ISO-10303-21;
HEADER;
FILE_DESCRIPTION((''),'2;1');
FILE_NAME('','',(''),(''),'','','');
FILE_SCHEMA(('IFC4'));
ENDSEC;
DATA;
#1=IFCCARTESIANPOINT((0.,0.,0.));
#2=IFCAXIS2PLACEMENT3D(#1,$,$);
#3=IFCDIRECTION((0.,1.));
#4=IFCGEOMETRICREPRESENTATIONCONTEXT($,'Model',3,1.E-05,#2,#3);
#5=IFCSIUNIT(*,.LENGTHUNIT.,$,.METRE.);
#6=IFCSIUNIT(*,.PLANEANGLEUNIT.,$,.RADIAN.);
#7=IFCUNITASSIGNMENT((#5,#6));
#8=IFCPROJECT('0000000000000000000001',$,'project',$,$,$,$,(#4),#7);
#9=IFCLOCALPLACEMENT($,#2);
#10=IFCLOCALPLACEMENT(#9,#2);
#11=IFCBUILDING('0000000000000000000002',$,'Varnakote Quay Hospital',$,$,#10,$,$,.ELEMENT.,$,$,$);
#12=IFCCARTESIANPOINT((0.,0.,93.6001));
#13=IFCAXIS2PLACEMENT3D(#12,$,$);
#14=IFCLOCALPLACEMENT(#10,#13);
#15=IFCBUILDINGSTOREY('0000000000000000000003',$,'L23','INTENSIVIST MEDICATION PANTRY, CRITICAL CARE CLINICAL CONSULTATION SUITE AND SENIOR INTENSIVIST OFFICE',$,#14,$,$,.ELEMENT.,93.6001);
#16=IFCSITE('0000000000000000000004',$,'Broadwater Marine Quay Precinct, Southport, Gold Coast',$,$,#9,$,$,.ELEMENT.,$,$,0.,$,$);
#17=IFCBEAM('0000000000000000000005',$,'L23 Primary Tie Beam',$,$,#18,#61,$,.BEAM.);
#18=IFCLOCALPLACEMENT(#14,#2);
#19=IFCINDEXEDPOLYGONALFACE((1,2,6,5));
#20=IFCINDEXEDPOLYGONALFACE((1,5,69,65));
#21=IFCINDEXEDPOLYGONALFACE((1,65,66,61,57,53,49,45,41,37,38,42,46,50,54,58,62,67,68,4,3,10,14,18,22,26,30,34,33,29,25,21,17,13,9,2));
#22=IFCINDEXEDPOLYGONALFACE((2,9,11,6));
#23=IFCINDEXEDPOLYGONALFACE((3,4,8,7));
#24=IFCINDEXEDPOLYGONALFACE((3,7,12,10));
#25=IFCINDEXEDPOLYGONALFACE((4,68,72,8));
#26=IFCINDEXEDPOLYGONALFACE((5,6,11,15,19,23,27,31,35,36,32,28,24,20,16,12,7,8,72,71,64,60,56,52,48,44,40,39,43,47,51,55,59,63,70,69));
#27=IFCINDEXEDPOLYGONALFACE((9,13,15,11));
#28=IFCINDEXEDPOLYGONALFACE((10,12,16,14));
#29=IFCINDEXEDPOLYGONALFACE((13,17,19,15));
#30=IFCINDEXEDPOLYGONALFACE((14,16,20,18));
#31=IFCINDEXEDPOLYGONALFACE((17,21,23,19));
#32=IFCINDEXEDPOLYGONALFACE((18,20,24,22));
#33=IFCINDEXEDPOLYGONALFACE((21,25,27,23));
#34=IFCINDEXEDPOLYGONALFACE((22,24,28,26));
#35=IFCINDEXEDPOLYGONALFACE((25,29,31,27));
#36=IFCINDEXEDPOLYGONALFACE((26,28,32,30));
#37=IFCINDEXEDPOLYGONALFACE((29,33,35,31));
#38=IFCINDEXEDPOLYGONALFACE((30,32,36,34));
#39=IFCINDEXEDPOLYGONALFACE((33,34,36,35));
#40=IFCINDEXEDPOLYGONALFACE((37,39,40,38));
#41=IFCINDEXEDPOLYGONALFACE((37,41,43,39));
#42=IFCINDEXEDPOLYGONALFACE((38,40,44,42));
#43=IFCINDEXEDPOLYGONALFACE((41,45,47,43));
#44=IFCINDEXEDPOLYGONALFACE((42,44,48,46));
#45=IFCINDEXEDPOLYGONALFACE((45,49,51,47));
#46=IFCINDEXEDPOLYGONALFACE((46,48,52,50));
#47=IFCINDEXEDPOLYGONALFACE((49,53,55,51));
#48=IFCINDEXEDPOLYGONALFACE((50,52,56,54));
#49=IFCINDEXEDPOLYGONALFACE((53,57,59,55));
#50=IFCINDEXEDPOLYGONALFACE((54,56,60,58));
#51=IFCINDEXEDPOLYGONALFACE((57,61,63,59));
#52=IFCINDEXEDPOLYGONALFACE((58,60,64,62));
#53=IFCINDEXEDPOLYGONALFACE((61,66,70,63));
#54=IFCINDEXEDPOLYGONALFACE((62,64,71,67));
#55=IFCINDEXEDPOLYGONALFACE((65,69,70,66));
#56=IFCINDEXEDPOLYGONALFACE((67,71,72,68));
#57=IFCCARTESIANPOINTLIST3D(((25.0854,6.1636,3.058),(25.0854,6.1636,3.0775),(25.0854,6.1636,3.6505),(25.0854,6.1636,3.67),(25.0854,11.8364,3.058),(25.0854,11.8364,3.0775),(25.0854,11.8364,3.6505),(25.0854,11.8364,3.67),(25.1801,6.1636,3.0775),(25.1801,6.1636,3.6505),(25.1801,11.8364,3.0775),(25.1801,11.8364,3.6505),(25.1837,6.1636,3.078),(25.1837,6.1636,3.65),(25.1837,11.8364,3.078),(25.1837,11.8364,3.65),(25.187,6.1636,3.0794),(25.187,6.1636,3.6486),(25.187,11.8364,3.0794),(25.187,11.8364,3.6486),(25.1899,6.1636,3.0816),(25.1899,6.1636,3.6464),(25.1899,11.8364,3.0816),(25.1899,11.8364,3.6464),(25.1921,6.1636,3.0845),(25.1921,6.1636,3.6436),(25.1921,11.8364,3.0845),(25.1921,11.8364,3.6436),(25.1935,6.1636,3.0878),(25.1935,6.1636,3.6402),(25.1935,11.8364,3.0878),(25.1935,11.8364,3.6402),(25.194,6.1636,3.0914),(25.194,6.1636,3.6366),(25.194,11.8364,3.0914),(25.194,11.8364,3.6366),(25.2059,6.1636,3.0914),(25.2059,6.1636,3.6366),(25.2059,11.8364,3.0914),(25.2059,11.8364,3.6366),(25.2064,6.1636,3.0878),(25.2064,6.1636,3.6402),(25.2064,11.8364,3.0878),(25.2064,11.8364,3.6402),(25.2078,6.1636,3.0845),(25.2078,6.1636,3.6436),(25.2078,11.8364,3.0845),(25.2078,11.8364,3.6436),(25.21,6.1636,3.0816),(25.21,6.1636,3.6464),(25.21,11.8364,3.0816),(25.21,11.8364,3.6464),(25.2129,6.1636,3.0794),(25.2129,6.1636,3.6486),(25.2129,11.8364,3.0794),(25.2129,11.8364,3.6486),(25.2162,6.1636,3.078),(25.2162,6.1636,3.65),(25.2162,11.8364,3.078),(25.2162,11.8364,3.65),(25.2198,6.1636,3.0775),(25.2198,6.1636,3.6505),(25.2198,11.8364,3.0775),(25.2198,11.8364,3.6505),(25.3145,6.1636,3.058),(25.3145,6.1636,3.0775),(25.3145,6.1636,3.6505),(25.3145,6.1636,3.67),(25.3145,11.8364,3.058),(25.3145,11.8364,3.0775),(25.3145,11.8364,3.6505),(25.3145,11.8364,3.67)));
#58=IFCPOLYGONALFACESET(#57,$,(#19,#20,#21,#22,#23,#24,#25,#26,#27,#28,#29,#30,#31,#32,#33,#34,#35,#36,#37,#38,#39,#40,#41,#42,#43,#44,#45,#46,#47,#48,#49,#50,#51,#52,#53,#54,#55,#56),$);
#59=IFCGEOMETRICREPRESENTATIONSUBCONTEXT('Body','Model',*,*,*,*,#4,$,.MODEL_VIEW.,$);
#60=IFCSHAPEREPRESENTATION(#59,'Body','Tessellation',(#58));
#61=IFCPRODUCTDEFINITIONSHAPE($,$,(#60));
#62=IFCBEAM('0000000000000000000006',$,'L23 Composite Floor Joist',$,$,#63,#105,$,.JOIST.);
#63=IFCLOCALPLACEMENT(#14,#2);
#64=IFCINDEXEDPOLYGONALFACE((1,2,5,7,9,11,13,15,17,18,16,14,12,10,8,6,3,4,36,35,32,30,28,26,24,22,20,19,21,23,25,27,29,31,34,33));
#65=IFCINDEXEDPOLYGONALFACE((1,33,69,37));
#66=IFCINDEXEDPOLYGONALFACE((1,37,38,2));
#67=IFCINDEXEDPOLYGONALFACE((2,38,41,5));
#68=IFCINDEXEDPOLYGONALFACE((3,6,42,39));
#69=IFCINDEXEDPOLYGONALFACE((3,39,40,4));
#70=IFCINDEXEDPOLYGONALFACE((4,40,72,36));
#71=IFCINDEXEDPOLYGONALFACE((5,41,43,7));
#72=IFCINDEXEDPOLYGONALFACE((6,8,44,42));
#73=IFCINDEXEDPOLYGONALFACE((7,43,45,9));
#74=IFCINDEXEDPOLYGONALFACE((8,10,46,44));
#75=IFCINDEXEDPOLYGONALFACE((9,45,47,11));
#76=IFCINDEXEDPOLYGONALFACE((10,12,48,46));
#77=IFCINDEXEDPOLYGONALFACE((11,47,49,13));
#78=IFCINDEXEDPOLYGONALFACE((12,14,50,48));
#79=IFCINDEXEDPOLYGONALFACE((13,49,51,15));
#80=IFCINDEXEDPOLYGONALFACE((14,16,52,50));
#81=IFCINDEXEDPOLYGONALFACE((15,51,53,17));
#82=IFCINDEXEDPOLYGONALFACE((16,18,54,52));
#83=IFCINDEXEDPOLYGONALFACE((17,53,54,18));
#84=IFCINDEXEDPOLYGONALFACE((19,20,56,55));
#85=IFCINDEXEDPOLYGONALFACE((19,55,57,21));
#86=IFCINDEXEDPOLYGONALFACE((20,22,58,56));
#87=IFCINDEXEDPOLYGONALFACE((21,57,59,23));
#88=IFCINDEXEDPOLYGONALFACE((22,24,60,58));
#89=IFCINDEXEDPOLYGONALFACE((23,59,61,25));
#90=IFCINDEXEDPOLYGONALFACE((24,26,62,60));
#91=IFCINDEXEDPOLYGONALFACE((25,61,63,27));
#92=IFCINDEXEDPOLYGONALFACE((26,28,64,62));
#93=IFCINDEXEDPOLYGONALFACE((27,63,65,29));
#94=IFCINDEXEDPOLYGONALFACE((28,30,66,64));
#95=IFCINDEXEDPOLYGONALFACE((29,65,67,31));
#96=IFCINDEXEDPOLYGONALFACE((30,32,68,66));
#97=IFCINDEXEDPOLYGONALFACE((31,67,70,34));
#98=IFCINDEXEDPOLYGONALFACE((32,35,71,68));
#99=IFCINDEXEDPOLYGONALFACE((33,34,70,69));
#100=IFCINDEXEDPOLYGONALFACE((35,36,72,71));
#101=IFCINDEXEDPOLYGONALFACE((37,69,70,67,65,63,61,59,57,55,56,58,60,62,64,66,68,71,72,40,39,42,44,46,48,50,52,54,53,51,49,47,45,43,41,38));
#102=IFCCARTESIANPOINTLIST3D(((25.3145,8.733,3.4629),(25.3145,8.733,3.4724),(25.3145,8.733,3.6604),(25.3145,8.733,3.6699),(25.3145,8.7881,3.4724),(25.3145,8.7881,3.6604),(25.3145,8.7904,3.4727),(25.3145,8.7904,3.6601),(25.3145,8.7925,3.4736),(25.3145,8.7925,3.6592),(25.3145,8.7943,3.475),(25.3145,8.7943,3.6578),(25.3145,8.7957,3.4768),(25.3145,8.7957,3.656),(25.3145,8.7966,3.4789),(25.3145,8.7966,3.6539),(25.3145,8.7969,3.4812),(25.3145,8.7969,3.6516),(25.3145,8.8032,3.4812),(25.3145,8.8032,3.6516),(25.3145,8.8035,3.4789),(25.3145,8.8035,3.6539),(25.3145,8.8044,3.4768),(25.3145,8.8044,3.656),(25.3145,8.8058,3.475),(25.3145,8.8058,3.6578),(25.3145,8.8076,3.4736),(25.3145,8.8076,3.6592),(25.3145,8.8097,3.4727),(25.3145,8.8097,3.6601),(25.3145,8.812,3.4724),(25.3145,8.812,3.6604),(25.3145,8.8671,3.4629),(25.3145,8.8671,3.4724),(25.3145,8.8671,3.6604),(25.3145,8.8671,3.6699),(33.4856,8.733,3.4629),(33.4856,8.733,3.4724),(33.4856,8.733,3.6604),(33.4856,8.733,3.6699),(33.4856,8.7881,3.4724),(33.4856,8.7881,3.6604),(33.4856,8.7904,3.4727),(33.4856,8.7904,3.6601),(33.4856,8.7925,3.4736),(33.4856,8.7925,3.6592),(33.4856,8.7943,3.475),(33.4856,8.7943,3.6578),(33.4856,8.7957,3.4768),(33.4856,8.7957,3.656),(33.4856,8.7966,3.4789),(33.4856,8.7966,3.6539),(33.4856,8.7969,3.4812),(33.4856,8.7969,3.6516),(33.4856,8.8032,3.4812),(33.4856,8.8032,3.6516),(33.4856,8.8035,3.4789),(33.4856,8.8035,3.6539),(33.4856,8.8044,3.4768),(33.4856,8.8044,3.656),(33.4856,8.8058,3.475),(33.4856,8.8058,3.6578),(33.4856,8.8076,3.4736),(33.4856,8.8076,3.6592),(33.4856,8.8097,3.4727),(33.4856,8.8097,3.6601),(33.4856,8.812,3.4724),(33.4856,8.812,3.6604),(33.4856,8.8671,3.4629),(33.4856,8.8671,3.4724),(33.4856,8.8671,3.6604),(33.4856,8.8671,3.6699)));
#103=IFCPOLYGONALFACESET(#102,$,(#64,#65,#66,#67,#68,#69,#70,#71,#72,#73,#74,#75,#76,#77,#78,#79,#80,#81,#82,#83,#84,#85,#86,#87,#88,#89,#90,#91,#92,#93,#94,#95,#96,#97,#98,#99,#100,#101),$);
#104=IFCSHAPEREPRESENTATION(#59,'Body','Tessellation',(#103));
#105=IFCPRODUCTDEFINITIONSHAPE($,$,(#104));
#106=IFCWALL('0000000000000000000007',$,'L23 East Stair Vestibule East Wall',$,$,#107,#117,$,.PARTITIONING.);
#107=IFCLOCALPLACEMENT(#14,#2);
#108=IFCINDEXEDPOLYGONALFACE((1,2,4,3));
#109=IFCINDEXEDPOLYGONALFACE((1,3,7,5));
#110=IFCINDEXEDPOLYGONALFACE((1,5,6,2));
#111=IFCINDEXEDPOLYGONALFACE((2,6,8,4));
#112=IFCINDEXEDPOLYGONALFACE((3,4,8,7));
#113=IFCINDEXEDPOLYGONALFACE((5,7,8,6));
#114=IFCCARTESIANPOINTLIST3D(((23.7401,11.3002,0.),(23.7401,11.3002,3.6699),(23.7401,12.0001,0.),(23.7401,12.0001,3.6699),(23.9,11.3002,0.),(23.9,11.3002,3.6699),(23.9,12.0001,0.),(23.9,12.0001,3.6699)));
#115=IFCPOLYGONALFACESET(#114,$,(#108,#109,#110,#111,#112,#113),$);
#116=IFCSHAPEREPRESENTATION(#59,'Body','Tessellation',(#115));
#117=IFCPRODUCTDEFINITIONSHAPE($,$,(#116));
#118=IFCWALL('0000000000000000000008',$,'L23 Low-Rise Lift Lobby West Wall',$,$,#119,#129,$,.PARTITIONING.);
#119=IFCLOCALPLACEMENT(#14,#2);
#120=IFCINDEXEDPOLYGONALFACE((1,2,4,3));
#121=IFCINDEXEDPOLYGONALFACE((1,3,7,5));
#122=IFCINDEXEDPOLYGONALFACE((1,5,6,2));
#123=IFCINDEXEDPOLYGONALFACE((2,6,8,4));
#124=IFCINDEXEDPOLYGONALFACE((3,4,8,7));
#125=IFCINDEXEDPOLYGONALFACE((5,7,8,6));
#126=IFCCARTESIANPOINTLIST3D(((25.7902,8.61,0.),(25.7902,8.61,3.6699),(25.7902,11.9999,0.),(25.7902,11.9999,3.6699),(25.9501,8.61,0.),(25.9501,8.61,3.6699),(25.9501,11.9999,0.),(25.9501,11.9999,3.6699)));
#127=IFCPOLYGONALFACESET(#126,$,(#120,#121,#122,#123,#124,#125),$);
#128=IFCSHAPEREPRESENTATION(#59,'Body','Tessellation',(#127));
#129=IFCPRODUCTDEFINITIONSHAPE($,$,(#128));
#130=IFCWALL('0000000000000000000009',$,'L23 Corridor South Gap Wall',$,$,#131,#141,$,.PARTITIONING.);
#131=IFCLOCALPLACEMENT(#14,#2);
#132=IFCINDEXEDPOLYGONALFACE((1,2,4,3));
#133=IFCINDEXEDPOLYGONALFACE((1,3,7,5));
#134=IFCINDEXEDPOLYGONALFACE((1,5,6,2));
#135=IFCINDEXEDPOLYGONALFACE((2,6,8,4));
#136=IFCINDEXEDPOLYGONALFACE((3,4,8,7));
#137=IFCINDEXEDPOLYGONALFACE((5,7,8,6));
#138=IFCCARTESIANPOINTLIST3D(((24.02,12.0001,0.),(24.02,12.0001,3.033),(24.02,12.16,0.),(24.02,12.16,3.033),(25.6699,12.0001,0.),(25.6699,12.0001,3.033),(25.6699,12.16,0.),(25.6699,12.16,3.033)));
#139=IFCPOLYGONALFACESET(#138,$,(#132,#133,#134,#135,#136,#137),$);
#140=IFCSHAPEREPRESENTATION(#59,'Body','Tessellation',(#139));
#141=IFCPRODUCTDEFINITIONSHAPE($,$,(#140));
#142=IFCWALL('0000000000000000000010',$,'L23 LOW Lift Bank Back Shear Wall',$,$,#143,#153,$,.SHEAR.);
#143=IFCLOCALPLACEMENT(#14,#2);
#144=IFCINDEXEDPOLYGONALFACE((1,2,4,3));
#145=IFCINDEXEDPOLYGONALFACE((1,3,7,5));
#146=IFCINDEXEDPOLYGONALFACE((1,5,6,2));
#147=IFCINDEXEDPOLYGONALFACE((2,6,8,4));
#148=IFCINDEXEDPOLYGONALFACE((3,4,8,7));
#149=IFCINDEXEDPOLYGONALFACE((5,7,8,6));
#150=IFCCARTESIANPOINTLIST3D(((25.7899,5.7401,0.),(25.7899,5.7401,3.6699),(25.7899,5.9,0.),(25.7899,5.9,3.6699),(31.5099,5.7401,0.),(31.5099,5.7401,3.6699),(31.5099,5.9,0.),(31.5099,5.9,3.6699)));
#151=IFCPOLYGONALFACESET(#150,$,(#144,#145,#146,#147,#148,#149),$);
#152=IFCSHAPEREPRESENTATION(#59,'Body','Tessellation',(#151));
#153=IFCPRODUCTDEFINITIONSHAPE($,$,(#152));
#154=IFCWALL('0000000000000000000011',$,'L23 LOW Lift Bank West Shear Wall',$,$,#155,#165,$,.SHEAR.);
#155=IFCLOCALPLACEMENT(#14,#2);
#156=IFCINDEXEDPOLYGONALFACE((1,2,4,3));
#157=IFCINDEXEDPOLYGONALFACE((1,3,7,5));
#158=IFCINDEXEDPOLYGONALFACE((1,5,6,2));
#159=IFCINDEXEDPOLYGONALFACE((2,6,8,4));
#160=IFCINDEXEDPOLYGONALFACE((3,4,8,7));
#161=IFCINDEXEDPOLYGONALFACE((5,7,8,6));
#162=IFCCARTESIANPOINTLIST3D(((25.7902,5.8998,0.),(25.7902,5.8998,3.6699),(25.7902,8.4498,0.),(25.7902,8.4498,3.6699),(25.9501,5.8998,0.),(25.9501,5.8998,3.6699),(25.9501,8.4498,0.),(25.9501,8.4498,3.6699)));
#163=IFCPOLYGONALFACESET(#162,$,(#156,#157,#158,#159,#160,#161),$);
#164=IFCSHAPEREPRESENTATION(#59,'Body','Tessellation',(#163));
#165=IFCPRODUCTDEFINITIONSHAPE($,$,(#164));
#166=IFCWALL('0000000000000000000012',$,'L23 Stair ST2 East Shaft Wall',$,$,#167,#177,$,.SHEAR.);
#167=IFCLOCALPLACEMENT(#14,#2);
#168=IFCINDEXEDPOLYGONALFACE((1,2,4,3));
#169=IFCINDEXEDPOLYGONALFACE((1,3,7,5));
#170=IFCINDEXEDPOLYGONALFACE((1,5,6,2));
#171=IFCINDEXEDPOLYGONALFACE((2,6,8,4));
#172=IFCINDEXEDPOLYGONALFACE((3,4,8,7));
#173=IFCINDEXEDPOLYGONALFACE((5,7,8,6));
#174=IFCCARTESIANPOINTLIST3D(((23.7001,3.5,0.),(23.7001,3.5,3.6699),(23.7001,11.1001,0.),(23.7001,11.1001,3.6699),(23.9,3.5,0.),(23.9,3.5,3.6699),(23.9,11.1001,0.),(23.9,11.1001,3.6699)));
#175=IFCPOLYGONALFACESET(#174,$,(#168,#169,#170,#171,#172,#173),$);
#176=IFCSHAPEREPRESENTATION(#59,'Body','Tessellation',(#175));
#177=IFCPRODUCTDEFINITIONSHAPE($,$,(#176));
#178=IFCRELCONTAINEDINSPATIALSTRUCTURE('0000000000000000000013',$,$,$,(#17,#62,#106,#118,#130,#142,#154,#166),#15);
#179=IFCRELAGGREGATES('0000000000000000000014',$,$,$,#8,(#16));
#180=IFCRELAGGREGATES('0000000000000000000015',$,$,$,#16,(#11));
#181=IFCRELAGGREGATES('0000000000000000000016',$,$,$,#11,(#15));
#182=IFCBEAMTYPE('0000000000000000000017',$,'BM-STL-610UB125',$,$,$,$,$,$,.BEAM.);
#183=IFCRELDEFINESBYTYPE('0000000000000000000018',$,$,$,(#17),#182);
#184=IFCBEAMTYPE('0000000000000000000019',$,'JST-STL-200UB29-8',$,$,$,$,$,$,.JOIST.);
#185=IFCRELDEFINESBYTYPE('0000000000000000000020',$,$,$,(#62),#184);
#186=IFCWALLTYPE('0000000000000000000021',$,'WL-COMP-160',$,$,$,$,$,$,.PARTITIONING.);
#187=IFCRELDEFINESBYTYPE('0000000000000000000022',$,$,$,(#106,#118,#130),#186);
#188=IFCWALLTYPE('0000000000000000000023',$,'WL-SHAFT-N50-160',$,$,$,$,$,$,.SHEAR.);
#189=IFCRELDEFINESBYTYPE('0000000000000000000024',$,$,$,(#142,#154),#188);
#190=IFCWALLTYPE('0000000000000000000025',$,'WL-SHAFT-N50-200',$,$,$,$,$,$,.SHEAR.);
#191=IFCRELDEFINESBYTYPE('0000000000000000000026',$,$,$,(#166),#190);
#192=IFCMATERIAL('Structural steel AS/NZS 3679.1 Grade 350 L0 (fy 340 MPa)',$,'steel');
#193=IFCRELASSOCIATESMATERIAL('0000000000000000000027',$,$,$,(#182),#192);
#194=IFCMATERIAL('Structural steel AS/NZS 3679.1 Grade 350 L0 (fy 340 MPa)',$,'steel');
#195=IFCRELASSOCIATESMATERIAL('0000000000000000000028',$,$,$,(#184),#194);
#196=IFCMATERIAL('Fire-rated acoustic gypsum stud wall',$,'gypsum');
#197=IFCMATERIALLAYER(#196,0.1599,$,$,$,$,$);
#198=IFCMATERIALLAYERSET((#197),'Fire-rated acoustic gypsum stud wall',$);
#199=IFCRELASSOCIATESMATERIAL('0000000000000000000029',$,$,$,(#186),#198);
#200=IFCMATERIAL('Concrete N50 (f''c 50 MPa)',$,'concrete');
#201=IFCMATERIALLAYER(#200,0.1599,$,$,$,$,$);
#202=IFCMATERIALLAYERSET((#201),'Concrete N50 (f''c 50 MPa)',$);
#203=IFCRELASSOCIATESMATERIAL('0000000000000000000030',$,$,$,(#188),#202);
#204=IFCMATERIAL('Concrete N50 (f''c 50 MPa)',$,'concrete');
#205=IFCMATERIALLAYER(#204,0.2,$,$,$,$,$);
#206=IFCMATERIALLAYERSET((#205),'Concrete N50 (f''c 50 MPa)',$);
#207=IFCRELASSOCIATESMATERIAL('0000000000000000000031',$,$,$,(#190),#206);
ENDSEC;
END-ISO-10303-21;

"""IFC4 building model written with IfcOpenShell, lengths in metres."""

from ifc_helpers import new_model, si_unit, direction, frame, frame_2d, origin, origin_2d, place, context, subcontext, project, spatial, rectangle, i_section, extrude, material, layer, layer_set, material_profile, profile_set, type_object, element, save


model = new_model("IFC4")

# Units and contexts
model_context = context("Model", 3, precision=1e-05, world=origin(), true_north=direction((0.0, 1.0)))
body_context = subcontext(model_context, "Body", "Model", "MODEL_VIEW")
ifc_project = project(units=[si_unit("LENGTHUNIT", "METRE"), si_unit("PLANEANGLEUNIT", "RADIAN")], contexts=[model_context])

# Site, building, storey
site_placement = place(None, origin())
site = spatial("IfcSite", under=ifc_project, at=site_placement, Name="Broadwater Marine Quay Precinct, Southport, Gold Coast", CompositionType="ELEMENT", RefElevation=0.0)
building_placement = place(site_placement, origin())
building = spatial("IfcBuilding", under=site, at=building_placement, Name="Varnakote Quay Hospital", CompositionType="ELEMENT")
storey_placement = place(building_placement, frame((0.0, 0.0, 93.6001)))
storey = spatial("IfcBuildingStorey", under=building, at=storey_placement, Name="L23", Description="INTENSIVIST MEDICATION PANTRY, CRITICAL CARE CLINICAL CONSULTATION SUITE AND SENIOR INTENSIVIST OFFICE", CompositionType="ELEMENT", Elevation=93.6001)

# Beams
ifc_material_1 = material(Name="Structural steel AS/NZS 3679.1 Grade 350 L0 (fy 340 MPa)", Category="steel")
ifc_material_profile_1 = material_profile(ifc_material_1, i_section(OverallWidth=0.229, OverallDepth=0.6121, WebThickness=0.012, FlangeThickness=0.0195, FilletRadius=0.0139, at=origin_2d()), Name="610UB125")
ifc_profile_set_1 = profile_set([ifc_material_profile_1], Name="Structural steel AS/NZS 3679.1 Grade 350 L0 (fy 340 MPa)")
beam_type_1 = type_object("IfcBeamType", Name="BM-STL-610UB125", PredefinedType="BEAM", material=ifc_profile_set_1)
beam_1_placement = place(storey_placement, frame((25.2, 6.1636, 3.364), z_axis=(0.0, 1.0, 0.0), x_axis=(-1.0, 0.0, 0.0)))
element("IfcBeam", 1, at=beam_1_placement, inside=storey, type_object=beam_type_1, Name="L23 Primary Tie Beam", PredefinedType="BEAM", context=body_context, shape_type="SweptSolid", body=[
    extrude(i_section(OverallWidth=0.229, OverallDepth=0.6121, WebThickness=0.012, FlangeThickness=0.0195, FilletRadius=0.0139, at=origin_2d()), origin(), (0.0, 0.0, 1.0), 5.6729),
])
ifc_material_2 = material(Name="Structural steel AS/NZS 3679.1 Grade 350 L0 (fy 340 MPa)", Category="steel")
ifc_material_profile_2 = material_profile(ifc_material_2, i_section(OverallWidth=0.134, OverallDepth=0.207, WebThickness=0.0063, FlangeThickness=0.0095, FilletRadius=0.0088, at=origin_2d()), Name="200UB29.8")
ifc_profile_set_2 = profile_set([ifc_material_profile_2], Name="Structural steel AS/NZS 3679.1 Grade 350 L0 (fy 340 MPa)")
beam_type_2 = type_object("IfcBeamType", Name="JST-STL-200UB29-8", PredefinedType="JOIST", material=ifc_profile_set_2)
beam_2_placement = place(storey_placement, frame((25.3145, 8.8, 3.5664), z_axis=(1.0, 0.0, 0.0), x_axis=(0.0, 1.0, 0.0)))
element("IfcBeam", 2, at=beam_2_placement, inside=storey, type_object=beam_type_2, Name="L23 Composite Floor Joist", PredefinedType="JOIST", context=body_context, shape_type="SweptSolid", body=[
    extrude(i_section(OverallWidth=0.134, OverallDepth=0.207, WebThickness=0.0063, FlangeThickness=0.0095, FilletRadius=0.0088, at=origin_2d()), origin(), (0.0, 0.0, 1.0), 8.1711),
])

# Walls
ifc_material_3 = material(Name="Fire-rated acoustic gypsum stud wall", Category="gypsum")
ifc_layer_1 = layer(ifc_material_3, 0.1599)
ifc_layer_set_1 = layer_set([ifc_layer_1], Name="Fire-rated acoustic gypsum stud wall")
wall_type_1 = type_object("IfcWallType", Name="WL-COMP-160", PredefinedType="PARTITIONING", material=ifc_layer_set_1)
wall_1_placement = place(storey_placement, frame((23.8201, 11.3, 0.0), z_axis=(0.0, 0.0, 1.0), x_axis=(0.0, 1.0, 0.0)))
element("IfcWall", 3, at=wall_1_placement, inside=storey, type_object=wall_type_1, Name="L23 East Stair Vestibule East Wall", PredefinedType="PARTITIONING", context=body_context, shape_type="SweptSolid", body=[
    extrude(rectangle(XDim=0.7, YDim=0.1599, at=frame_2d((0.3501, 0.0))), origin(), (0.0, 0.0, 1.0), 3.6699),
])
wall_2_placement = place(storey_placement, frame((25.8701, 8.6101, 0.0), z_axis=(0.0, 0.0, 1.0), x_axis=(0.0, 1.0, 0.0)))
element("IfcWall", 4, at=wall_2_placement, inside=storey, type_object=wall_type_1, Name="L23 Low-Rise Lift Lobby West Wall", PredefinedType="PARTITIONING", context=body_context, shape_type="SweptSolid", body=[
    extrude(rectangle(XDim=3.3899, YDim=0.1599, at=frame_2d((1.6948, 0.0))), origin(), (0.0, 0.0, 1.0), 3.6699),
])
wall_3_placement = place(storey_placement, frame((24.02, 12.0801, 0.0), z_axis=(0.0, 0.0, 1.0), x_axis=(1.0, 0.0, 0.0)))
element("IfcWall", 5, at=wall_3_placement, inside=storey, type_object=wall_type_1, Name="L23 Corridor South Gap Wall", PredefinedType="PARTITIONING", context=body_context, shape_type="SweptSolid", body=[
    extrude(rectangle(XDim=1.6499, YDim=0.1599, at=frame_2d((0.825, 0.0))), origin(), (0.0, 0.0, 1.0), 3.033),
])
ifc_material_4 = material(Name="Concrete N50 (f'c 50 MPa)", Category="concrete")
ifc_layer_2 = layer(ifc_material_4, 0.1599)
ifc_layer_set_2 = layer_set([ifc_layer_2], Name="Concrete N50 (f'c 50 MPa)")
wall_type_2 = type_object("IfcWallType", Name="WL-SHAFT-N50-160", PredefinedType="SHEAR", material=ifc_layer_set_2)
wall_4_placement = place(storey_placement, frame((25.79, 5.8201, 0.0), z_axis=(0.0, 0.0, 1.0), x_axis=(1.0, 0.0, 0.0)))
element("IfcWall", 6, at=wall_4_placement, inside=storey, type_object=wall_type_2, Name="L23 LOW Lift Bank Back Shear Wall", PredefinedType="SHEAR", context=body_context, shape_type="SweptSolid", body=[
    extrude(rectangle(XDim=5.72, YDim=0.1599, at=frame_2d((2.8599, 0.0))), origin(), (0.0, 0.0, 1.0), 3.6699),
])
wall_5_placement = place(storey_placement, frame((25.8701, 5.8999, 0.0), z_axis=(0.0, 0.0, 1.0), x_axis=(0.0, 1.0, 0.0)))
element("IfcWall", 7, at=wall_5_placement, inside=storey, type_object=wall_type_2, Name="L23 LOW Lift Bank West Shear Wall", PredefinedType="SHEAR", context=body_context, shape_type="SweptSolid", body=[
    extrude(rectangle(XDim=2.55, YDim=0.1599, at=frame_2d((1.2749, 0.0))), origin(), (0.0, 0.0, 1.0), 3.6699),
])

# Wall
ifc_material_5 = material(Name="Concrete N50 (f'c 50 MPa)", Category="concrete")
ifc_layer_3 = layer(ifc_material_5, 0.2)
ifc_layer_set_3 = layer_set([ifc_layer_3], Name="Concrete N50 (f'c 50 MPa)")
wall_type_3 = type_object("IfcWallType", Name="WL-SHAFT-N50-200", PredefinedType="SHEAR", material=ifc_layer_set_3)
wall_6_placement = place(storey_placement, frame((23.8, 3.5, 0.0), z_axis=(0.0, 0.0, 1.0), x_axis=(0.0, 1.0, 0.0)))
element("IfcWall", 8, at=wall_6_placement, inside=storey, type_object=wall_type_3, Name="L23 Stair ST2 East Shaft Wall", PredefinedType="SHEAR", context=body_context, shape_type="SweptSolid", body=[
    extrude(rectangle(XDim=7.6001, YDim=0.2, at=frame_2d((3.8, 0.0))), origin(), (0.0, 0.0, 1.0), 3.6699),
])

save(model, "model.ifc")
